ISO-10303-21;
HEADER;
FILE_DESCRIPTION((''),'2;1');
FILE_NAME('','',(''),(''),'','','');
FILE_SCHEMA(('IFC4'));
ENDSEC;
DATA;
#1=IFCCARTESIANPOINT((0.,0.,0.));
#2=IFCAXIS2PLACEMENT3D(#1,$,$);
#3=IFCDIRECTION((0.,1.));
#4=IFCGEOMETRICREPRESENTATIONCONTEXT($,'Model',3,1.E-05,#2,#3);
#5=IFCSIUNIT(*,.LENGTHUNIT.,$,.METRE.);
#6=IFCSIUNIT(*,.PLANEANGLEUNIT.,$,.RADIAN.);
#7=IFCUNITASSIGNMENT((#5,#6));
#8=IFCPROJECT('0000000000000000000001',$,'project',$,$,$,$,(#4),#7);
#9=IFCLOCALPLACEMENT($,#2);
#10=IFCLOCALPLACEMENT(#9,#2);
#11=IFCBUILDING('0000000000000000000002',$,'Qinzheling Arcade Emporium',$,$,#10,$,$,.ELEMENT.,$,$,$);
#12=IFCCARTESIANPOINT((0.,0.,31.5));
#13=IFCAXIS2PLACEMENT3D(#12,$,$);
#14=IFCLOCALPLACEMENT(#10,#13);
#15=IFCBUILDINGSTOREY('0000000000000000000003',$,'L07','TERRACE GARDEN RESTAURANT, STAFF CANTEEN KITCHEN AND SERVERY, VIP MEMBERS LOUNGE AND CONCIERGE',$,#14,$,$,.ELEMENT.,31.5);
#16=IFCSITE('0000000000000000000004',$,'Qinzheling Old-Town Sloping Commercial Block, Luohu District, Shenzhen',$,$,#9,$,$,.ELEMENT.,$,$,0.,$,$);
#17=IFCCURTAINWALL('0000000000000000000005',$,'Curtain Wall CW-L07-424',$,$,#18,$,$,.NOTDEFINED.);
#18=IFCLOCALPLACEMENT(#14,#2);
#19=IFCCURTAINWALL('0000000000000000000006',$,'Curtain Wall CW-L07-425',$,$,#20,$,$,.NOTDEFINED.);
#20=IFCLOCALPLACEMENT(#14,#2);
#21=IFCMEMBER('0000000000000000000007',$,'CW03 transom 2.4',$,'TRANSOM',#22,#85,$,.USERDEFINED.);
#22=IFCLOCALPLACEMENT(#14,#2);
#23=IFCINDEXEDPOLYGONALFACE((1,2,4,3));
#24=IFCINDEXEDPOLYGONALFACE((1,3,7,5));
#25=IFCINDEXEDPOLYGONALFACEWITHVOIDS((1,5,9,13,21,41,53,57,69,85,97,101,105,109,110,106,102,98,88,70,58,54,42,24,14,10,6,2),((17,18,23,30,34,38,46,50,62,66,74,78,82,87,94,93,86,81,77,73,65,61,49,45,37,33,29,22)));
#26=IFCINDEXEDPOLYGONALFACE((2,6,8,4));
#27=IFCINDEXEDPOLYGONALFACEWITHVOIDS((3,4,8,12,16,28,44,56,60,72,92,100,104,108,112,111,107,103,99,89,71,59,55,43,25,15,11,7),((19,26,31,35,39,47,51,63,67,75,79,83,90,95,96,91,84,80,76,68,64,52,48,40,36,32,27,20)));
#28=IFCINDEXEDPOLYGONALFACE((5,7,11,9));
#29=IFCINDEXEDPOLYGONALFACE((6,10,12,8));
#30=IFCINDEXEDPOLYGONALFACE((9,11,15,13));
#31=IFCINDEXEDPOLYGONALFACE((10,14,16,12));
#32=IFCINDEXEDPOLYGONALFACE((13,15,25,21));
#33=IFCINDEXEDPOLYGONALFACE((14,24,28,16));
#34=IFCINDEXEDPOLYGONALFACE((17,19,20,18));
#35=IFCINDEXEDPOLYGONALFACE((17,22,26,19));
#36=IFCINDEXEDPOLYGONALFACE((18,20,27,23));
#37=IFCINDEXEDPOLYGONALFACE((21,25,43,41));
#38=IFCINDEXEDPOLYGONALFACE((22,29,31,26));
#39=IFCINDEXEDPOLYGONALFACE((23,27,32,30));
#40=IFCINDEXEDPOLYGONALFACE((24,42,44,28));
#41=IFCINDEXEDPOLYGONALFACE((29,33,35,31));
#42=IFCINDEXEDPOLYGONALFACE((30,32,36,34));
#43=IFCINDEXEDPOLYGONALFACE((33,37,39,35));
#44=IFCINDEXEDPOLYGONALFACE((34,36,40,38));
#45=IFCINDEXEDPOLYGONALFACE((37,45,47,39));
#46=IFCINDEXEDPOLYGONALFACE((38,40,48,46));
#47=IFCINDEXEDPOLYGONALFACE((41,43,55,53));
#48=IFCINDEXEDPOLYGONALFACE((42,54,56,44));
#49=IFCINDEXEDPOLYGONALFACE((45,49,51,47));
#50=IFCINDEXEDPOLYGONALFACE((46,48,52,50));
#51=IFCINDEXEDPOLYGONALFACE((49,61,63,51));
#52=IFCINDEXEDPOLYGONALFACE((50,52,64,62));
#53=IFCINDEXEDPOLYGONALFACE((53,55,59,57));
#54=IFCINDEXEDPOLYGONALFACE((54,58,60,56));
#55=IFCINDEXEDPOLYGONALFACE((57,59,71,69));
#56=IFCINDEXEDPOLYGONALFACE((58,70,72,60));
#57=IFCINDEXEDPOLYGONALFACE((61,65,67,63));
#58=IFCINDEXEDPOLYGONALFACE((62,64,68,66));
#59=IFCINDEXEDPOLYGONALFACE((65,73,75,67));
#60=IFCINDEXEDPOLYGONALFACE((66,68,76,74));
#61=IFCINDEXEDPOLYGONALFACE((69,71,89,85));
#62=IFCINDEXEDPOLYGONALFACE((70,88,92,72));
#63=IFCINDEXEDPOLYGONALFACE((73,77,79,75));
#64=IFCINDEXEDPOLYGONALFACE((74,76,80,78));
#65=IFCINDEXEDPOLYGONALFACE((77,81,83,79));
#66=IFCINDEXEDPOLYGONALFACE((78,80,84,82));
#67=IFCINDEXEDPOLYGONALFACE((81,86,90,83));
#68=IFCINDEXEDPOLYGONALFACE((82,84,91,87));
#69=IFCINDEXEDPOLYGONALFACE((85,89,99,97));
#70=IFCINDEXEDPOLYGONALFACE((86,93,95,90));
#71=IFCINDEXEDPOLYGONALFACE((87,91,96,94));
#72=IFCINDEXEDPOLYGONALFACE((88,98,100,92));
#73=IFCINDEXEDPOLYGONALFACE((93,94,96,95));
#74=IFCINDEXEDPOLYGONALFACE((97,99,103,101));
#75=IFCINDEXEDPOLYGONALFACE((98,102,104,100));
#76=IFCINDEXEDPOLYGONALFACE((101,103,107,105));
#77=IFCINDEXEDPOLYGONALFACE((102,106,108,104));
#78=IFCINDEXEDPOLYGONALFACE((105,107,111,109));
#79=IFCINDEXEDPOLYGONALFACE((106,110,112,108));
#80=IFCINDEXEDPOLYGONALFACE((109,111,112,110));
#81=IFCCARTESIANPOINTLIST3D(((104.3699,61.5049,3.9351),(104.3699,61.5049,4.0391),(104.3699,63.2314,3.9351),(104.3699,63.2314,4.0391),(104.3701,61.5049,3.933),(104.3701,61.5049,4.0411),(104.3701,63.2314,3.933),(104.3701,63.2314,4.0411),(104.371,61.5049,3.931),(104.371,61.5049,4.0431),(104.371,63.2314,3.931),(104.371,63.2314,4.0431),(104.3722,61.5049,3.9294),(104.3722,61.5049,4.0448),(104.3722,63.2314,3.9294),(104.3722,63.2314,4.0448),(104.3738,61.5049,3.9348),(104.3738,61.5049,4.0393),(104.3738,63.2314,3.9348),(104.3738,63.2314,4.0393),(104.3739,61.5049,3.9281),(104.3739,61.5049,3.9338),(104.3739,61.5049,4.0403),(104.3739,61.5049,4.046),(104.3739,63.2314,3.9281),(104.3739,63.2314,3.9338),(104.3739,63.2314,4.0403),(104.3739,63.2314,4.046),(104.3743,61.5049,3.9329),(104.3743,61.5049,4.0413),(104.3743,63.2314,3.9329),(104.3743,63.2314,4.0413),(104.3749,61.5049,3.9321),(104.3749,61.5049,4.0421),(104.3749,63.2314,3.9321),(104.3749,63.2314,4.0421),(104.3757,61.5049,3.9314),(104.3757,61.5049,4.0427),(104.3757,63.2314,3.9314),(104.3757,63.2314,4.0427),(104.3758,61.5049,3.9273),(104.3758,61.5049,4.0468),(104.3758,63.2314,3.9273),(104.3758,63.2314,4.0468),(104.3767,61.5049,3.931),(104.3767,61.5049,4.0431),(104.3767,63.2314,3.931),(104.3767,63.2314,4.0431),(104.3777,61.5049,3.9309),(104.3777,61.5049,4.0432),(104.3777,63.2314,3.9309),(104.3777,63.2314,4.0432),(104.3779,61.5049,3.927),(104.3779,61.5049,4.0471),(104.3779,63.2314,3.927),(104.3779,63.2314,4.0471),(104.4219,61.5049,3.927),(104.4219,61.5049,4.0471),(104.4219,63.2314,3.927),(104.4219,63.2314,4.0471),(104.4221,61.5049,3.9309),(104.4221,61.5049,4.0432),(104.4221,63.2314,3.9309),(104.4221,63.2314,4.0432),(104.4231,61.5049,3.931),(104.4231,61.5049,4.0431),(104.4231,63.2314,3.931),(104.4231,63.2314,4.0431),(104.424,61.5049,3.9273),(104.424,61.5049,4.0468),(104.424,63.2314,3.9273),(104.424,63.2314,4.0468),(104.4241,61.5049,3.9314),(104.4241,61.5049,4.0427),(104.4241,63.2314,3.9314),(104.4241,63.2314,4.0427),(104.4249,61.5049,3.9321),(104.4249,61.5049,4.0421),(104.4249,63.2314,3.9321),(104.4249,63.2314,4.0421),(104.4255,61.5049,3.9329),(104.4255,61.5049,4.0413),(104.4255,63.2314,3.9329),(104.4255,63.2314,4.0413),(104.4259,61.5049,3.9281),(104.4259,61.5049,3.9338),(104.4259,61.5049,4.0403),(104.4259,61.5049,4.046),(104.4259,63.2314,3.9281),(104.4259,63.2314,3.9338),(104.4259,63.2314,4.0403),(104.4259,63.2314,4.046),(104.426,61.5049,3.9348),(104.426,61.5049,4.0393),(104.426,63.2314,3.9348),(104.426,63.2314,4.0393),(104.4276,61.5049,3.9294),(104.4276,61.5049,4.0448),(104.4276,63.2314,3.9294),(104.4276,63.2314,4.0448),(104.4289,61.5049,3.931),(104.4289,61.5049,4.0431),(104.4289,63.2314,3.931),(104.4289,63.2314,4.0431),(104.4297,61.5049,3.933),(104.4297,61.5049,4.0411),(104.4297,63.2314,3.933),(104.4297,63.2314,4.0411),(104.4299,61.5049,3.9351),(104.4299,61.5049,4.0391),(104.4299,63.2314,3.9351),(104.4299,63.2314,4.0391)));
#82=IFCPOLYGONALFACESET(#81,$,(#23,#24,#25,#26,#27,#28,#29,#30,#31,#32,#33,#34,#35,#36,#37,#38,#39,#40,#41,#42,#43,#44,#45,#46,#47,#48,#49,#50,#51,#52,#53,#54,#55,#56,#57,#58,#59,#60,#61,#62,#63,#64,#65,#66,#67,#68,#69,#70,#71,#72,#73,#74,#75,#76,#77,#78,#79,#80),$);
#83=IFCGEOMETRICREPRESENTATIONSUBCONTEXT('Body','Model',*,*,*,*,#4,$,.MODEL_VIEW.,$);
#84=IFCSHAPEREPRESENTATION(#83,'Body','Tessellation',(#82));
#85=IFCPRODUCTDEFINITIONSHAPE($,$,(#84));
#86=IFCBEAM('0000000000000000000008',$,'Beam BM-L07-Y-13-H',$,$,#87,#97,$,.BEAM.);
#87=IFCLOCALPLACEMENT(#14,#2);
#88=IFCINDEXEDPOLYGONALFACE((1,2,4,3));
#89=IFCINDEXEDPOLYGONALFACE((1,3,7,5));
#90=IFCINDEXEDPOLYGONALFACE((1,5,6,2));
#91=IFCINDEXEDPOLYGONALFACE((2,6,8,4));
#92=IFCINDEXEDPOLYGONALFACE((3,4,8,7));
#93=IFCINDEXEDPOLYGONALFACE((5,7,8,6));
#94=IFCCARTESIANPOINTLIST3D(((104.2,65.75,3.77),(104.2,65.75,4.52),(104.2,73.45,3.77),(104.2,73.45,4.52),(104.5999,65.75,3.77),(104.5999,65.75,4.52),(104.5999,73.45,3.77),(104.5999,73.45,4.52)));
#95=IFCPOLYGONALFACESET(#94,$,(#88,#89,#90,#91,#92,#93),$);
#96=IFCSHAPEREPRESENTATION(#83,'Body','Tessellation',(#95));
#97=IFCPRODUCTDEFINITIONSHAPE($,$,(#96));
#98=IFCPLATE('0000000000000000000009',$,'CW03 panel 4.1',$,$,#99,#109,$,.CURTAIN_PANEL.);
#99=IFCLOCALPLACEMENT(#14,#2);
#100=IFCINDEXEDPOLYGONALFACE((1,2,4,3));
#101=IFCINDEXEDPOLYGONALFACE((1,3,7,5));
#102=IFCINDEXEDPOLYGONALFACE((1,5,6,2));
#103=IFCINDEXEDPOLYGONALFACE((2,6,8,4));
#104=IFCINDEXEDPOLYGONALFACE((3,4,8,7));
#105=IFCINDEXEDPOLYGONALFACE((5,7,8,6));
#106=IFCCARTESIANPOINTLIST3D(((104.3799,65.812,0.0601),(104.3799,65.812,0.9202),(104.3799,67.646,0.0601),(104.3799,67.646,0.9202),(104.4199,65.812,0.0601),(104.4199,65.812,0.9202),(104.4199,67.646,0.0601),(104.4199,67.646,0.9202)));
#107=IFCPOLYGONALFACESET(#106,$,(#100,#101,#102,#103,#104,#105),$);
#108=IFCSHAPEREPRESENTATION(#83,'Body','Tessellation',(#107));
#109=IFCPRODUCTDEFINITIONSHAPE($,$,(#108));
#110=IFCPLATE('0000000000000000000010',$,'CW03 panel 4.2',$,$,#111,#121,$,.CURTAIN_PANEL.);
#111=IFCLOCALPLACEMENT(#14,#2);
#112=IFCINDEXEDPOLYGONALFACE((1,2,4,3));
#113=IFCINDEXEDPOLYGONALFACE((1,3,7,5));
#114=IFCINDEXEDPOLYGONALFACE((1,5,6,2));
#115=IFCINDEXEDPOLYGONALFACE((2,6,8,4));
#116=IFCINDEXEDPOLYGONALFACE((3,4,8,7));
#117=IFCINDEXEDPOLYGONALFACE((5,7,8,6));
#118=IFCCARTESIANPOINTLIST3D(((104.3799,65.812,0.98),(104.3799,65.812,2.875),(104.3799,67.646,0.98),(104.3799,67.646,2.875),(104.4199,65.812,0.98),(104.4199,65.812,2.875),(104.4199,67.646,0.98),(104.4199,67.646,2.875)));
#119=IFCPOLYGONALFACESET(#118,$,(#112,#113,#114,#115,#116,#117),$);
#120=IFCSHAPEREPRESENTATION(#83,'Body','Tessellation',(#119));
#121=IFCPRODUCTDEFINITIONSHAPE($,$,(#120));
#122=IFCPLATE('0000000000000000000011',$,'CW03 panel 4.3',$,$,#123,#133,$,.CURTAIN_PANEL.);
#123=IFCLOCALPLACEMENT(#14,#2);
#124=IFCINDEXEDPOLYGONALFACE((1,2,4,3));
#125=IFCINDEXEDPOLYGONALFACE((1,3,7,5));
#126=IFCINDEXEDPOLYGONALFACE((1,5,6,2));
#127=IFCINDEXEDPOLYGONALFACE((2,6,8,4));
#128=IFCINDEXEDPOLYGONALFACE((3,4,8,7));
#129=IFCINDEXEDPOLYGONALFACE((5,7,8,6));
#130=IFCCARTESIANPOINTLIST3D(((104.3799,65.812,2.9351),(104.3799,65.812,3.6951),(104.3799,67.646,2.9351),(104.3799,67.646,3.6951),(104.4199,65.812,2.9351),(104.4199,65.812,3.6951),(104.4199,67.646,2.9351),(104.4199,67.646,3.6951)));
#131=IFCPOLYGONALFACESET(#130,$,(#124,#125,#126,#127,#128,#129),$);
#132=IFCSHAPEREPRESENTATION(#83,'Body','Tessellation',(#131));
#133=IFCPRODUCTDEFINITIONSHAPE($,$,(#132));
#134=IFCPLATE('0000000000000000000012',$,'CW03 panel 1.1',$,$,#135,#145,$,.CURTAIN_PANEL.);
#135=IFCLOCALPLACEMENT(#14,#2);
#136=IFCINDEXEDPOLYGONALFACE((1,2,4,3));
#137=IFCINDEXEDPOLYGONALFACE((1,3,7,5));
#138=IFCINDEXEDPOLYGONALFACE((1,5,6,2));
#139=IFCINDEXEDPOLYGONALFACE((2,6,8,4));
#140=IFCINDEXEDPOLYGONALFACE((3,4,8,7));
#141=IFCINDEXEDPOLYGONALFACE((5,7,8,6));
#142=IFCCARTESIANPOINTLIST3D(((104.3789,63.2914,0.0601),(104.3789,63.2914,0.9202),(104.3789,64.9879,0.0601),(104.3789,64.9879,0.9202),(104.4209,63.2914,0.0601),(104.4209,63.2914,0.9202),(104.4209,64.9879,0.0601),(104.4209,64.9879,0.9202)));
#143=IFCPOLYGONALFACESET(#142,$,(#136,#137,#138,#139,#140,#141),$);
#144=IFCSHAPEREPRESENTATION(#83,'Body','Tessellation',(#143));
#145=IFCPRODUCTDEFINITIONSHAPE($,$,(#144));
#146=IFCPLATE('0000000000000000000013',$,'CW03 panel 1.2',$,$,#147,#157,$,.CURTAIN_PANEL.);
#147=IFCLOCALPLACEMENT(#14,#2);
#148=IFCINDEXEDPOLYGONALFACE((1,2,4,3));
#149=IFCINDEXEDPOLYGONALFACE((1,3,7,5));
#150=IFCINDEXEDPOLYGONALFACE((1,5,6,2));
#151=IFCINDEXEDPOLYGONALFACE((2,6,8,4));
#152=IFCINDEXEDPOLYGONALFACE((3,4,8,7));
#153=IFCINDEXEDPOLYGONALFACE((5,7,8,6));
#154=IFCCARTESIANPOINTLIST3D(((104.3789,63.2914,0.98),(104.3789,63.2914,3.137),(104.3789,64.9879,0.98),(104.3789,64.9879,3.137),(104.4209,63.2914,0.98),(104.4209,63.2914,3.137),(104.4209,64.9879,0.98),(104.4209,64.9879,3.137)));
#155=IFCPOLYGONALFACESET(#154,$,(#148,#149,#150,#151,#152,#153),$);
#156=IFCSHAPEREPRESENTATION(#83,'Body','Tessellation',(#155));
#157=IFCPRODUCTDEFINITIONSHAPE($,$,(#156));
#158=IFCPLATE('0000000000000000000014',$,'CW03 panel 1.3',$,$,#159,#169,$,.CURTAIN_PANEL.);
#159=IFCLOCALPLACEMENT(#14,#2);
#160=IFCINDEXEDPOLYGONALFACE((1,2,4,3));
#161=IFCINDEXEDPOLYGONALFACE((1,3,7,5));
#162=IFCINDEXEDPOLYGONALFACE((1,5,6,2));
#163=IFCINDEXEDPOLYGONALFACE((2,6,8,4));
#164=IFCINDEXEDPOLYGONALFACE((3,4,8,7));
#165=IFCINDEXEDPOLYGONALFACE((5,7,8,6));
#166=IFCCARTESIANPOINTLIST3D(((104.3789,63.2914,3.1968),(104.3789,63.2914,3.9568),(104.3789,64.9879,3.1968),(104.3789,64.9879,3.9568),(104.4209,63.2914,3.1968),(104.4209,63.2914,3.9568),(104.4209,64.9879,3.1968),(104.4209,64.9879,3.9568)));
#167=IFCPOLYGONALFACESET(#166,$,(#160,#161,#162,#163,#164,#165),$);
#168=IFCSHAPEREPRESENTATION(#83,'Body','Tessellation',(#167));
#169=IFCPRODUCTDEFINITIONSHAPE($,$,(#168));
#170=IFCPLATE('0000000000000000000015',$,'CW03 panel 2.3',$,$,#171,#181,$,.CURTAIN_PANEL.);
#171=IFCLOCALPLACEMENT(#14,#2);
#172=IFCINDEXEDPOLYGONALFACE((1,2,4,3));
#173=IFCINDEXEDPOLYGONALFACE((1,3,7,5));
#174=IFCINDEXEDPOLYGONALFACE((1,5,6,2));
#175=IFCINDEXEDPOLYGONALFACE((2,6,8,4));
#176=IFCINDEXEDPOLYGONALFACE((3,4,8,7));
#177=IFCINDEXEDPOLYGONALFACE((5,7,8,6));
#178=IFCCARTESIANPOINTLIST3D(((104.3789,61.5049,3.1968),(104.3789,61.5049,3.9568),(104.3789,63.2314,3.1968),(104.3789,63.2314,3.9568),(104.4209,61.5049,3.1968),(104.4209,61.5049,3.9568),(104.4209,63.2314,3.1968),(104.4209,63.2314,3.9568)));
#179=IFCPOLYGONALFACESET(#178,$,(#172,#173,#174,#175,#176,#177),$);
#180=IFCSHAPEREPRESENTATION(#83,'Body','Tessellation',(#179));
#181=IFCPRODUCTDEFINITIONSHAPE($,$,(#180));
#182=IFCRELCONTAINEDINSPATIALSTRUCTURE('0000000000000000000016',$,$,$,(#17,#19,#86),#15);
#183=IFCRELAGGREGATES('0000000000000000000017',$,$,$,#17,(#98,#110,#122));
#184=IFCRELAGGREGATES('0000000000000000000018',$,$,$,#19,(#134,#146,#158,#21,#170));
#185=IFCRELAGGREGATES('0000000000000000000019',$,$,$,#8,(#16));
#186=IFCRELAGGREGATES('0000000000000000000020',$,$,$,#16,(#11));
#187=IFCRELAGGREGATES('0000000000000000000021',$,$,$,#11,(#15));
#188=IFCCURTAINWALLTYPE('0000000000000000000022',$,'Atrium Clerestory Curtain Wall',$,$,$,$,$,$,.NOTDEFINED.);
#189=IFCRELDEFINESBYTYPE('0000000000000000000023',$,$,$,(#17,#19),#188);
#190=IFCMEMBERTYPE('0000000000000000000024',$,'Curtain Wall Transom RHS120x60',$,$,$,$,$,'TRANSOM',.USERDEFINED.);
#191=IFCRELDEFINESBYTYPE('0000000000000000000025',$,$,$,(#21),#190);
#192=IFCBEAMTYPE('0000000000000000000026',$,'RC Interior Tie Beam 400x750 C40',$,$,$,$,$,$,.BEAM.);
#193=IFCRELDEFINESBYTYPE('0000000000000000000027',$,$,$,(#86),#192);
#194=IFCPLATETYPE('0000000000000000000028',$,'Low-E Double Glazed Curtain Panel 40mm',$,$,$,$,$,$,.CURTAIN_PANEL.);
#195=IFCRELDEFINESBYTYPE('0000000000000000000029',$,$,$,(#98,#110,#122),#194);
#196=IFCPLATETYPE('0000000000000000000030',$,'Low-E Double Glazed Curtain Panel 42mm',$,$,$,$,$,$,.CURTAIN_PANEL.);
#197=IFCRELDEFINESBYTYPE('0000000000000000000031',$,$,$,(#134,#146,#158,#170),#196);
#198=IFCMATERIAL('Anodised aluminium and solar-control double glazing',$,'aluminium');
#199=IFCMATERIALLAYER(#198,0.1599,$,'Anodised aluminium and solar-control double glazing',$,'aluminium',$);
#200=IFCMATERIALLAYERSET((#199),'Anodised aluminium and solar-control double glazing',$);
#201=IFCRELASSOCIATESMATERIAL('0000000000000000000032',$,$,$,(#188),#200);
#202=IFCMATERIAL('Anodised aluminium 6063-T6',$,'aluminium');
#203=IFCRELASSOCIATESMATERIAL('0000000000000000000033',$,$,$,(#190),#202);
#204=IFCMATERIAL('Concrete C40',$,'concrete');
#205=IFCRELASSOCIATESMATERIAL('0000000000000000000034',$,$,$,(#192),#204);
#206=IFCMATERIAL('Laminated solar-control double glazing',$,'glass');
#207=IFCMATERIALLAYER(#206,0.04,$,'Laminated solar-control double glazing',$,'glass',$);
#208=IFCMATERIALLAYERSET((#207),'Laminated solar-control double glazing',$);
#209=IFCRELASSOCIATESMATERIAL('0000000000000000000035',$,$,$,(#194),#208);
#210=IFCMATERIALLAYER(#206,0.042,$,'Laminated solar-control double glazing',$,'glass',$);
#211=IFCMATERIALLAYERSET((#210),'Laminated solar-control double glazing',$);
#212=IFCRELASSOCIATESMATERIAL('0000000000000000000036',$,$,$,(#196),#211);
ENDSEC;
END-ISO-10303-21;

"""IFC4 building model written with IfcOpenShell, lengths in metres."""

from ifc_helpers import new_model, si_unit, direction, frame, origin, origin_2d, place, context, subcontext, project, spatial, rectangle, hollow_rectangle, extrude, material, layer, layer_set, material_profile, profile_set, type_object, element, aggregate, save


model = new_model("IFC4")

# Units and contexts
model_context = context("Model", 3, precision=1e-05, world=origin(), true_north=direction((0.0, 1.0)))
body_context = subcontext(model_context, "Body", "Model", "MODEL_VIEW")
ifc_project = project(units=[si_unit("LENGTHUNIT", "METRE"), si_unit("PLANEANGLEUNIT", "RADIAN")], contexts=[model_context])

# Site, building, storey
site_placement = place(None, origin())
site = spatial("IfcSite", under=ifc_project, at=site_placement, Name="Qinzheling Old-Town Sloping Commercial Block, Luohu District, Shenzhen", CompositionType="ELEMENT", RefElevation=0.0)
building_placement = place(site_placement, origin())
building = spatial("IfcBuilding", under=site, at=building_placement, Name="Qinzheling Arcade Emporium", CompositionType="ELEMENT")
storey_placement = place(building_placement, frame((0.0, 0.0, 31.5)))
storey = spatial("IfcBuildingStorey", under=building, at=storey_placement, Name="L07", Description="TERRACE GARDEN RESTAURANT, STAFF CANTEEN KITCHEN AND SERVERY, VIP MEMBERS LOUNGE AND CONCIERGE", CompositionType="ELEMENT", Elevation=31.5)

# Shared definitions
ifc_material_1 = material(Name="Concrete C40", Category="concrete")

# Curtain wall
ifc_material_2 = material(Name="Anodised aluminium and solar-control double glazing", Category="aluminium")
ifc_layer_1 = layer(ifc_material_2, 0.1599, Name="Anodised aluminium and solar-control double glazing", Category="aluminium")
ifc_layer_set_1 = layer_set([ifc_layer_1], Name="Anodised aluminium and solar-control double glazing")
curtain_wall_type = type_object("IfcCurtainWallType", Name="Atrium Clerestory Curtain Wall", PredefinedType="NOTDEFINED", material=ifc_layer_set_1)
curtain_wall_1_placement = place(storey_placement, origin())
curtain_wall_1 = element("IfcCurtainWall", 1, at=curtain_wall_1_placement, inside=storey, type_object=curtain_wall_type, Name="Curtain Wall CW-L07-424", PredefinedType="NOTDEFINED")
ifc_material_3 = material(Name="Anodised aluminium 6063-T6", Category="aluminium")

# Curtain wall
curtain_wall_2_placement = place(storey_placement, origin())
curtain_wall_2 = element("IfcCurtainWall", 2, at=curtain_wall_2_placement, inside=storey, type_object=curtain_wall_type, Name="Curtain Wall CW-L07-425", PredefinedType="NOTDEFINED")

# Member
ifc_material_profile_1 = material_profile(ifc_material_3, hollow_rectangle(XDim=0.0601, YDim=0.1201, WallThickness=0.0039, InnerFilletRadius=0.0039, OuterFilletRadius=0.0081, at=origin_2d()), Name="RHS 120x60x4", Category="aluminium")
ifc_profile_set_1 = profile_set([ifc_material_profile_1], Name="Anodised aluminium 6063-T6")
member_type_1 = type_object("IfcMemberType", Name="Curtain Wall Transom RHS120x60", ElementType="TRANSOM", PredefinedType="USERDEFINED", material=ifc_profile_set_1)
member_1_placement = place(storey_placement, frame((104.3999, 63.2314, 3.9871), z_axis=(0.0, -1.0, 0.0), x_axis=(1.0, 0.0, 0.0)))
member_1 = element("IfcMember", 3, at=member_1_placement, type_object=member_type_1, Name="CW03 transom 2.4", ObjectType="TRANSOM", PredefinedType="USERDEFINED", context=body_context, shape_type="SweptSolid", body=[
    extrude(hollow_rectangle(XDim=0.0601, YDim=0.1201, WallThickness=0.0039, InnerFilletRadius=0.0039, OuterFilletRadius=0.0081, at=origin_2d()), origin(), (0.0, 0.0, 1.0), 1.7266),
])

# Beam
ifc_material_profile_2 = material_profile(ifc_material_1, rectangle(XDim=0.3999, YDim=0.75, at=origin_2d()), Name="RC 400x750", Category="concrete")
ifc_profile_set_2 = profile_set([ifc_material_profile_2], Name="Concrete C40")
beam_type = type_object("IfcBeamType", Name="RC Interior Tie Beam 400x750 C40", PredefinedType="BEAM", material=ifc_profile_set_2)
beam_placement = place(storey_placement, frame((104.3999, 65.75, 4.145), z_axis=(0.0, 1.0, 0.0), x_axis=(-1.0, 0.0, 0.0)))
element("IfcBeam", 4, at=beam_placement, inside=storey, type_object=beam_type, Name="Beam BM-L07-Y-13-H", PredefinedType="BEAM", context=body_context, shape_type="SweptSolid", body=[
    extrude(rectangle(XDim=0.3999, YDim=0.75, at=origin_2d()), origin(), (0.0, 0.0, 1.0), 7.7),
])

# Plates
ifc_material_4 = material(Name="Laminated solar-control double glazing", Category="glass")
ifc_layer_2 = layer(ifc_material_4, 0.04, Name="Laminated solar-control double glazing", Category="glass")
ifc_layer_set_2 = layer_set([ifc_layer_2], Name="Laminated solar-control double glazing")
plate_type_1 = type_object("IfcPlateType", Name="Low-E Double Glazed Curtain Panel 40mm", PredefinedType="CURTAIN_PANEL", material=ifc_layer_set_2)
plate_1_placement = place(storey_placement, frame((104.3999, 66.729, 0.0601), z_axis=(0.0, 0.0, 1.0), x_axis=(0.0, -1.0, 0.0)))
plate_1 = element("IfcPlate", 5, at=plate_1_placement, type_object=plate_type_1, Name="CW03 panel 4.1", PredefinedType="CURTAIN_PANEL", context=body_context, shape_type="SweptSolid", body=[
    extrude(rectangle(XDim=1.834, YDim=0.04, at=origin_2d()), origin(), (0.0, 0.0, 1.0), 0.8601),
])
plate_2_placement = place(storey_placement, frame((104.3999, 66.729, 0.98), z_axis=(0.0, 0.0, 1.0), x_axis=(0.0, -1.0, 0.0)))
plate_2 = element("IfcPlate", 6, at=plate_2_placement, type_object=plate_type_1, Name="CW03 panel 4.2", PredefinedType="CURTAIN_PANEL", context=body_context, shape_type="SweptSolid", body=[
    extrude(rectangle(XDim=1.834, YDim=0.04, at=origin_2d()), origin(), (0.0, 0.0, 1.0), 1.895),
])
plate_3_placement = place(storey_placement, frame((104.3999, 66.729, 2.9351), z_axis=(0.0, 0.0, 1.0), x_axis=(0.0, -1.0, 0.0)))
plate_3 = element("IfcPlate", 7, at=plate_3_placement, type_object=plate_type_1, Name="CW03 panel 4.3", PredefinedType="CURTAIN_PANEL", context=body_context, shape_type="SweptSolid", body=[
    extrude(rectangle(XDim=1.834, YDim=0.04, at=origin_2d()), origin(), (0.0, 0.0, 1.0), 0.76),
])
aggregate(curtain_wall_1, [plate_1, plate_2, plate_3])
ifc_layer_3 = layer(ifc_material_4, 0.042, Name="Laminated solar-control double glazing", Category="glass")
ifc_layer_set_3 = layer_set([ifc_layer_3], Name="Laminated solar-control double glazing")
plate_type_2 = type_object("IfcPlateType", Name="Low-E Double Glazed Curtain Panel 42mm", PredefinedType="CURTAIN_PANEL", material=ifc_layer_set_3)
plate_4_placement = place(storey_placement, frame((104.3999, 64.1396, 0.0601), z_axis=(0.0, 0.0, 1.0), x_axis=(0.0, -1.0, 0.0)))
plate_4 = element("IfcPlate", 8, at=plate_4_placement, type_object=plate_type_2, Name="CW03 panel 1.1", PredefinedType="CURTAIN_PANEL", context=body_context, shape_type="SweptSolid", body=[
    extrude(rectangle(XDim=1.6965, YDim=0.042, at=origin_2d()), origin(), (0.0, 0.0, 1.0), 0.8601),
])
plate_5_placement = place(storey_placement, frame((104.3999, 64.1396, 0.98), z_axis=(0.0, 0.0, 1.0), x_axis=(0.0, -1.0, 0.0)))
plate_5 = element("IfcPlate", 9, at=plate_5_placement, type_object=plate_type_2, Name="CW03 panel 1.2", PredefinedType="CURTAIN_PANEL", context=body_context, shape_type="SweptSolid", body=[
    extrude(rectangle(XDim=1.6965, YDim=0.042, at=origin_2d()), origin(), (0.0, 0.0, 1.0), 2.157),
])
plate_6_placement = place(storey_placement, frame((104.3999, 64.1396, 3.1968), z_axis=(0.0, 0.0, 1.0), x_axis=(0.0, -1.0, 0.0)))
plate_6 = element("IfcPlate", 10, at=plate_6_placement, type_object=plate_type_2, Name="CW03 panel 1.3", PredefinedType="CURTAIN_PANEL", context=body_context, shape_type="SweptSolid", body=[
    extrude(rectangle(XDim=1.6965, YDim=0.042, at=origin_2d()), origin(), (0.0, 0.0, 1.0), 0.76),
])
plate_7_placement = place(storey_placement, frame((104.3999, 62.3682, 3.1968), z_axis=(0.0, 0.0, 1.0), x_axis=(0.0, -1.0, 0.0)))
plate_7 = element("IfcPlate", 11, at=plate_7_placement, type_object=plate_type_2, Name="CW03 panel 2.3", PredefinedType="CURTAIN_PANEL", context=body_context, shape_type="SweptSolid", body=[
    extrude(rectangle(XDim=1.7266, YDim=0.042, at=origin_2d()), origin(), (0.0, 0.0, 1.0), 0.76),
])
aggregate(curtain_wall_2, [plate_4, plate_5, plate_6, member_1, plate_7])

save(model, "model.ifc")
